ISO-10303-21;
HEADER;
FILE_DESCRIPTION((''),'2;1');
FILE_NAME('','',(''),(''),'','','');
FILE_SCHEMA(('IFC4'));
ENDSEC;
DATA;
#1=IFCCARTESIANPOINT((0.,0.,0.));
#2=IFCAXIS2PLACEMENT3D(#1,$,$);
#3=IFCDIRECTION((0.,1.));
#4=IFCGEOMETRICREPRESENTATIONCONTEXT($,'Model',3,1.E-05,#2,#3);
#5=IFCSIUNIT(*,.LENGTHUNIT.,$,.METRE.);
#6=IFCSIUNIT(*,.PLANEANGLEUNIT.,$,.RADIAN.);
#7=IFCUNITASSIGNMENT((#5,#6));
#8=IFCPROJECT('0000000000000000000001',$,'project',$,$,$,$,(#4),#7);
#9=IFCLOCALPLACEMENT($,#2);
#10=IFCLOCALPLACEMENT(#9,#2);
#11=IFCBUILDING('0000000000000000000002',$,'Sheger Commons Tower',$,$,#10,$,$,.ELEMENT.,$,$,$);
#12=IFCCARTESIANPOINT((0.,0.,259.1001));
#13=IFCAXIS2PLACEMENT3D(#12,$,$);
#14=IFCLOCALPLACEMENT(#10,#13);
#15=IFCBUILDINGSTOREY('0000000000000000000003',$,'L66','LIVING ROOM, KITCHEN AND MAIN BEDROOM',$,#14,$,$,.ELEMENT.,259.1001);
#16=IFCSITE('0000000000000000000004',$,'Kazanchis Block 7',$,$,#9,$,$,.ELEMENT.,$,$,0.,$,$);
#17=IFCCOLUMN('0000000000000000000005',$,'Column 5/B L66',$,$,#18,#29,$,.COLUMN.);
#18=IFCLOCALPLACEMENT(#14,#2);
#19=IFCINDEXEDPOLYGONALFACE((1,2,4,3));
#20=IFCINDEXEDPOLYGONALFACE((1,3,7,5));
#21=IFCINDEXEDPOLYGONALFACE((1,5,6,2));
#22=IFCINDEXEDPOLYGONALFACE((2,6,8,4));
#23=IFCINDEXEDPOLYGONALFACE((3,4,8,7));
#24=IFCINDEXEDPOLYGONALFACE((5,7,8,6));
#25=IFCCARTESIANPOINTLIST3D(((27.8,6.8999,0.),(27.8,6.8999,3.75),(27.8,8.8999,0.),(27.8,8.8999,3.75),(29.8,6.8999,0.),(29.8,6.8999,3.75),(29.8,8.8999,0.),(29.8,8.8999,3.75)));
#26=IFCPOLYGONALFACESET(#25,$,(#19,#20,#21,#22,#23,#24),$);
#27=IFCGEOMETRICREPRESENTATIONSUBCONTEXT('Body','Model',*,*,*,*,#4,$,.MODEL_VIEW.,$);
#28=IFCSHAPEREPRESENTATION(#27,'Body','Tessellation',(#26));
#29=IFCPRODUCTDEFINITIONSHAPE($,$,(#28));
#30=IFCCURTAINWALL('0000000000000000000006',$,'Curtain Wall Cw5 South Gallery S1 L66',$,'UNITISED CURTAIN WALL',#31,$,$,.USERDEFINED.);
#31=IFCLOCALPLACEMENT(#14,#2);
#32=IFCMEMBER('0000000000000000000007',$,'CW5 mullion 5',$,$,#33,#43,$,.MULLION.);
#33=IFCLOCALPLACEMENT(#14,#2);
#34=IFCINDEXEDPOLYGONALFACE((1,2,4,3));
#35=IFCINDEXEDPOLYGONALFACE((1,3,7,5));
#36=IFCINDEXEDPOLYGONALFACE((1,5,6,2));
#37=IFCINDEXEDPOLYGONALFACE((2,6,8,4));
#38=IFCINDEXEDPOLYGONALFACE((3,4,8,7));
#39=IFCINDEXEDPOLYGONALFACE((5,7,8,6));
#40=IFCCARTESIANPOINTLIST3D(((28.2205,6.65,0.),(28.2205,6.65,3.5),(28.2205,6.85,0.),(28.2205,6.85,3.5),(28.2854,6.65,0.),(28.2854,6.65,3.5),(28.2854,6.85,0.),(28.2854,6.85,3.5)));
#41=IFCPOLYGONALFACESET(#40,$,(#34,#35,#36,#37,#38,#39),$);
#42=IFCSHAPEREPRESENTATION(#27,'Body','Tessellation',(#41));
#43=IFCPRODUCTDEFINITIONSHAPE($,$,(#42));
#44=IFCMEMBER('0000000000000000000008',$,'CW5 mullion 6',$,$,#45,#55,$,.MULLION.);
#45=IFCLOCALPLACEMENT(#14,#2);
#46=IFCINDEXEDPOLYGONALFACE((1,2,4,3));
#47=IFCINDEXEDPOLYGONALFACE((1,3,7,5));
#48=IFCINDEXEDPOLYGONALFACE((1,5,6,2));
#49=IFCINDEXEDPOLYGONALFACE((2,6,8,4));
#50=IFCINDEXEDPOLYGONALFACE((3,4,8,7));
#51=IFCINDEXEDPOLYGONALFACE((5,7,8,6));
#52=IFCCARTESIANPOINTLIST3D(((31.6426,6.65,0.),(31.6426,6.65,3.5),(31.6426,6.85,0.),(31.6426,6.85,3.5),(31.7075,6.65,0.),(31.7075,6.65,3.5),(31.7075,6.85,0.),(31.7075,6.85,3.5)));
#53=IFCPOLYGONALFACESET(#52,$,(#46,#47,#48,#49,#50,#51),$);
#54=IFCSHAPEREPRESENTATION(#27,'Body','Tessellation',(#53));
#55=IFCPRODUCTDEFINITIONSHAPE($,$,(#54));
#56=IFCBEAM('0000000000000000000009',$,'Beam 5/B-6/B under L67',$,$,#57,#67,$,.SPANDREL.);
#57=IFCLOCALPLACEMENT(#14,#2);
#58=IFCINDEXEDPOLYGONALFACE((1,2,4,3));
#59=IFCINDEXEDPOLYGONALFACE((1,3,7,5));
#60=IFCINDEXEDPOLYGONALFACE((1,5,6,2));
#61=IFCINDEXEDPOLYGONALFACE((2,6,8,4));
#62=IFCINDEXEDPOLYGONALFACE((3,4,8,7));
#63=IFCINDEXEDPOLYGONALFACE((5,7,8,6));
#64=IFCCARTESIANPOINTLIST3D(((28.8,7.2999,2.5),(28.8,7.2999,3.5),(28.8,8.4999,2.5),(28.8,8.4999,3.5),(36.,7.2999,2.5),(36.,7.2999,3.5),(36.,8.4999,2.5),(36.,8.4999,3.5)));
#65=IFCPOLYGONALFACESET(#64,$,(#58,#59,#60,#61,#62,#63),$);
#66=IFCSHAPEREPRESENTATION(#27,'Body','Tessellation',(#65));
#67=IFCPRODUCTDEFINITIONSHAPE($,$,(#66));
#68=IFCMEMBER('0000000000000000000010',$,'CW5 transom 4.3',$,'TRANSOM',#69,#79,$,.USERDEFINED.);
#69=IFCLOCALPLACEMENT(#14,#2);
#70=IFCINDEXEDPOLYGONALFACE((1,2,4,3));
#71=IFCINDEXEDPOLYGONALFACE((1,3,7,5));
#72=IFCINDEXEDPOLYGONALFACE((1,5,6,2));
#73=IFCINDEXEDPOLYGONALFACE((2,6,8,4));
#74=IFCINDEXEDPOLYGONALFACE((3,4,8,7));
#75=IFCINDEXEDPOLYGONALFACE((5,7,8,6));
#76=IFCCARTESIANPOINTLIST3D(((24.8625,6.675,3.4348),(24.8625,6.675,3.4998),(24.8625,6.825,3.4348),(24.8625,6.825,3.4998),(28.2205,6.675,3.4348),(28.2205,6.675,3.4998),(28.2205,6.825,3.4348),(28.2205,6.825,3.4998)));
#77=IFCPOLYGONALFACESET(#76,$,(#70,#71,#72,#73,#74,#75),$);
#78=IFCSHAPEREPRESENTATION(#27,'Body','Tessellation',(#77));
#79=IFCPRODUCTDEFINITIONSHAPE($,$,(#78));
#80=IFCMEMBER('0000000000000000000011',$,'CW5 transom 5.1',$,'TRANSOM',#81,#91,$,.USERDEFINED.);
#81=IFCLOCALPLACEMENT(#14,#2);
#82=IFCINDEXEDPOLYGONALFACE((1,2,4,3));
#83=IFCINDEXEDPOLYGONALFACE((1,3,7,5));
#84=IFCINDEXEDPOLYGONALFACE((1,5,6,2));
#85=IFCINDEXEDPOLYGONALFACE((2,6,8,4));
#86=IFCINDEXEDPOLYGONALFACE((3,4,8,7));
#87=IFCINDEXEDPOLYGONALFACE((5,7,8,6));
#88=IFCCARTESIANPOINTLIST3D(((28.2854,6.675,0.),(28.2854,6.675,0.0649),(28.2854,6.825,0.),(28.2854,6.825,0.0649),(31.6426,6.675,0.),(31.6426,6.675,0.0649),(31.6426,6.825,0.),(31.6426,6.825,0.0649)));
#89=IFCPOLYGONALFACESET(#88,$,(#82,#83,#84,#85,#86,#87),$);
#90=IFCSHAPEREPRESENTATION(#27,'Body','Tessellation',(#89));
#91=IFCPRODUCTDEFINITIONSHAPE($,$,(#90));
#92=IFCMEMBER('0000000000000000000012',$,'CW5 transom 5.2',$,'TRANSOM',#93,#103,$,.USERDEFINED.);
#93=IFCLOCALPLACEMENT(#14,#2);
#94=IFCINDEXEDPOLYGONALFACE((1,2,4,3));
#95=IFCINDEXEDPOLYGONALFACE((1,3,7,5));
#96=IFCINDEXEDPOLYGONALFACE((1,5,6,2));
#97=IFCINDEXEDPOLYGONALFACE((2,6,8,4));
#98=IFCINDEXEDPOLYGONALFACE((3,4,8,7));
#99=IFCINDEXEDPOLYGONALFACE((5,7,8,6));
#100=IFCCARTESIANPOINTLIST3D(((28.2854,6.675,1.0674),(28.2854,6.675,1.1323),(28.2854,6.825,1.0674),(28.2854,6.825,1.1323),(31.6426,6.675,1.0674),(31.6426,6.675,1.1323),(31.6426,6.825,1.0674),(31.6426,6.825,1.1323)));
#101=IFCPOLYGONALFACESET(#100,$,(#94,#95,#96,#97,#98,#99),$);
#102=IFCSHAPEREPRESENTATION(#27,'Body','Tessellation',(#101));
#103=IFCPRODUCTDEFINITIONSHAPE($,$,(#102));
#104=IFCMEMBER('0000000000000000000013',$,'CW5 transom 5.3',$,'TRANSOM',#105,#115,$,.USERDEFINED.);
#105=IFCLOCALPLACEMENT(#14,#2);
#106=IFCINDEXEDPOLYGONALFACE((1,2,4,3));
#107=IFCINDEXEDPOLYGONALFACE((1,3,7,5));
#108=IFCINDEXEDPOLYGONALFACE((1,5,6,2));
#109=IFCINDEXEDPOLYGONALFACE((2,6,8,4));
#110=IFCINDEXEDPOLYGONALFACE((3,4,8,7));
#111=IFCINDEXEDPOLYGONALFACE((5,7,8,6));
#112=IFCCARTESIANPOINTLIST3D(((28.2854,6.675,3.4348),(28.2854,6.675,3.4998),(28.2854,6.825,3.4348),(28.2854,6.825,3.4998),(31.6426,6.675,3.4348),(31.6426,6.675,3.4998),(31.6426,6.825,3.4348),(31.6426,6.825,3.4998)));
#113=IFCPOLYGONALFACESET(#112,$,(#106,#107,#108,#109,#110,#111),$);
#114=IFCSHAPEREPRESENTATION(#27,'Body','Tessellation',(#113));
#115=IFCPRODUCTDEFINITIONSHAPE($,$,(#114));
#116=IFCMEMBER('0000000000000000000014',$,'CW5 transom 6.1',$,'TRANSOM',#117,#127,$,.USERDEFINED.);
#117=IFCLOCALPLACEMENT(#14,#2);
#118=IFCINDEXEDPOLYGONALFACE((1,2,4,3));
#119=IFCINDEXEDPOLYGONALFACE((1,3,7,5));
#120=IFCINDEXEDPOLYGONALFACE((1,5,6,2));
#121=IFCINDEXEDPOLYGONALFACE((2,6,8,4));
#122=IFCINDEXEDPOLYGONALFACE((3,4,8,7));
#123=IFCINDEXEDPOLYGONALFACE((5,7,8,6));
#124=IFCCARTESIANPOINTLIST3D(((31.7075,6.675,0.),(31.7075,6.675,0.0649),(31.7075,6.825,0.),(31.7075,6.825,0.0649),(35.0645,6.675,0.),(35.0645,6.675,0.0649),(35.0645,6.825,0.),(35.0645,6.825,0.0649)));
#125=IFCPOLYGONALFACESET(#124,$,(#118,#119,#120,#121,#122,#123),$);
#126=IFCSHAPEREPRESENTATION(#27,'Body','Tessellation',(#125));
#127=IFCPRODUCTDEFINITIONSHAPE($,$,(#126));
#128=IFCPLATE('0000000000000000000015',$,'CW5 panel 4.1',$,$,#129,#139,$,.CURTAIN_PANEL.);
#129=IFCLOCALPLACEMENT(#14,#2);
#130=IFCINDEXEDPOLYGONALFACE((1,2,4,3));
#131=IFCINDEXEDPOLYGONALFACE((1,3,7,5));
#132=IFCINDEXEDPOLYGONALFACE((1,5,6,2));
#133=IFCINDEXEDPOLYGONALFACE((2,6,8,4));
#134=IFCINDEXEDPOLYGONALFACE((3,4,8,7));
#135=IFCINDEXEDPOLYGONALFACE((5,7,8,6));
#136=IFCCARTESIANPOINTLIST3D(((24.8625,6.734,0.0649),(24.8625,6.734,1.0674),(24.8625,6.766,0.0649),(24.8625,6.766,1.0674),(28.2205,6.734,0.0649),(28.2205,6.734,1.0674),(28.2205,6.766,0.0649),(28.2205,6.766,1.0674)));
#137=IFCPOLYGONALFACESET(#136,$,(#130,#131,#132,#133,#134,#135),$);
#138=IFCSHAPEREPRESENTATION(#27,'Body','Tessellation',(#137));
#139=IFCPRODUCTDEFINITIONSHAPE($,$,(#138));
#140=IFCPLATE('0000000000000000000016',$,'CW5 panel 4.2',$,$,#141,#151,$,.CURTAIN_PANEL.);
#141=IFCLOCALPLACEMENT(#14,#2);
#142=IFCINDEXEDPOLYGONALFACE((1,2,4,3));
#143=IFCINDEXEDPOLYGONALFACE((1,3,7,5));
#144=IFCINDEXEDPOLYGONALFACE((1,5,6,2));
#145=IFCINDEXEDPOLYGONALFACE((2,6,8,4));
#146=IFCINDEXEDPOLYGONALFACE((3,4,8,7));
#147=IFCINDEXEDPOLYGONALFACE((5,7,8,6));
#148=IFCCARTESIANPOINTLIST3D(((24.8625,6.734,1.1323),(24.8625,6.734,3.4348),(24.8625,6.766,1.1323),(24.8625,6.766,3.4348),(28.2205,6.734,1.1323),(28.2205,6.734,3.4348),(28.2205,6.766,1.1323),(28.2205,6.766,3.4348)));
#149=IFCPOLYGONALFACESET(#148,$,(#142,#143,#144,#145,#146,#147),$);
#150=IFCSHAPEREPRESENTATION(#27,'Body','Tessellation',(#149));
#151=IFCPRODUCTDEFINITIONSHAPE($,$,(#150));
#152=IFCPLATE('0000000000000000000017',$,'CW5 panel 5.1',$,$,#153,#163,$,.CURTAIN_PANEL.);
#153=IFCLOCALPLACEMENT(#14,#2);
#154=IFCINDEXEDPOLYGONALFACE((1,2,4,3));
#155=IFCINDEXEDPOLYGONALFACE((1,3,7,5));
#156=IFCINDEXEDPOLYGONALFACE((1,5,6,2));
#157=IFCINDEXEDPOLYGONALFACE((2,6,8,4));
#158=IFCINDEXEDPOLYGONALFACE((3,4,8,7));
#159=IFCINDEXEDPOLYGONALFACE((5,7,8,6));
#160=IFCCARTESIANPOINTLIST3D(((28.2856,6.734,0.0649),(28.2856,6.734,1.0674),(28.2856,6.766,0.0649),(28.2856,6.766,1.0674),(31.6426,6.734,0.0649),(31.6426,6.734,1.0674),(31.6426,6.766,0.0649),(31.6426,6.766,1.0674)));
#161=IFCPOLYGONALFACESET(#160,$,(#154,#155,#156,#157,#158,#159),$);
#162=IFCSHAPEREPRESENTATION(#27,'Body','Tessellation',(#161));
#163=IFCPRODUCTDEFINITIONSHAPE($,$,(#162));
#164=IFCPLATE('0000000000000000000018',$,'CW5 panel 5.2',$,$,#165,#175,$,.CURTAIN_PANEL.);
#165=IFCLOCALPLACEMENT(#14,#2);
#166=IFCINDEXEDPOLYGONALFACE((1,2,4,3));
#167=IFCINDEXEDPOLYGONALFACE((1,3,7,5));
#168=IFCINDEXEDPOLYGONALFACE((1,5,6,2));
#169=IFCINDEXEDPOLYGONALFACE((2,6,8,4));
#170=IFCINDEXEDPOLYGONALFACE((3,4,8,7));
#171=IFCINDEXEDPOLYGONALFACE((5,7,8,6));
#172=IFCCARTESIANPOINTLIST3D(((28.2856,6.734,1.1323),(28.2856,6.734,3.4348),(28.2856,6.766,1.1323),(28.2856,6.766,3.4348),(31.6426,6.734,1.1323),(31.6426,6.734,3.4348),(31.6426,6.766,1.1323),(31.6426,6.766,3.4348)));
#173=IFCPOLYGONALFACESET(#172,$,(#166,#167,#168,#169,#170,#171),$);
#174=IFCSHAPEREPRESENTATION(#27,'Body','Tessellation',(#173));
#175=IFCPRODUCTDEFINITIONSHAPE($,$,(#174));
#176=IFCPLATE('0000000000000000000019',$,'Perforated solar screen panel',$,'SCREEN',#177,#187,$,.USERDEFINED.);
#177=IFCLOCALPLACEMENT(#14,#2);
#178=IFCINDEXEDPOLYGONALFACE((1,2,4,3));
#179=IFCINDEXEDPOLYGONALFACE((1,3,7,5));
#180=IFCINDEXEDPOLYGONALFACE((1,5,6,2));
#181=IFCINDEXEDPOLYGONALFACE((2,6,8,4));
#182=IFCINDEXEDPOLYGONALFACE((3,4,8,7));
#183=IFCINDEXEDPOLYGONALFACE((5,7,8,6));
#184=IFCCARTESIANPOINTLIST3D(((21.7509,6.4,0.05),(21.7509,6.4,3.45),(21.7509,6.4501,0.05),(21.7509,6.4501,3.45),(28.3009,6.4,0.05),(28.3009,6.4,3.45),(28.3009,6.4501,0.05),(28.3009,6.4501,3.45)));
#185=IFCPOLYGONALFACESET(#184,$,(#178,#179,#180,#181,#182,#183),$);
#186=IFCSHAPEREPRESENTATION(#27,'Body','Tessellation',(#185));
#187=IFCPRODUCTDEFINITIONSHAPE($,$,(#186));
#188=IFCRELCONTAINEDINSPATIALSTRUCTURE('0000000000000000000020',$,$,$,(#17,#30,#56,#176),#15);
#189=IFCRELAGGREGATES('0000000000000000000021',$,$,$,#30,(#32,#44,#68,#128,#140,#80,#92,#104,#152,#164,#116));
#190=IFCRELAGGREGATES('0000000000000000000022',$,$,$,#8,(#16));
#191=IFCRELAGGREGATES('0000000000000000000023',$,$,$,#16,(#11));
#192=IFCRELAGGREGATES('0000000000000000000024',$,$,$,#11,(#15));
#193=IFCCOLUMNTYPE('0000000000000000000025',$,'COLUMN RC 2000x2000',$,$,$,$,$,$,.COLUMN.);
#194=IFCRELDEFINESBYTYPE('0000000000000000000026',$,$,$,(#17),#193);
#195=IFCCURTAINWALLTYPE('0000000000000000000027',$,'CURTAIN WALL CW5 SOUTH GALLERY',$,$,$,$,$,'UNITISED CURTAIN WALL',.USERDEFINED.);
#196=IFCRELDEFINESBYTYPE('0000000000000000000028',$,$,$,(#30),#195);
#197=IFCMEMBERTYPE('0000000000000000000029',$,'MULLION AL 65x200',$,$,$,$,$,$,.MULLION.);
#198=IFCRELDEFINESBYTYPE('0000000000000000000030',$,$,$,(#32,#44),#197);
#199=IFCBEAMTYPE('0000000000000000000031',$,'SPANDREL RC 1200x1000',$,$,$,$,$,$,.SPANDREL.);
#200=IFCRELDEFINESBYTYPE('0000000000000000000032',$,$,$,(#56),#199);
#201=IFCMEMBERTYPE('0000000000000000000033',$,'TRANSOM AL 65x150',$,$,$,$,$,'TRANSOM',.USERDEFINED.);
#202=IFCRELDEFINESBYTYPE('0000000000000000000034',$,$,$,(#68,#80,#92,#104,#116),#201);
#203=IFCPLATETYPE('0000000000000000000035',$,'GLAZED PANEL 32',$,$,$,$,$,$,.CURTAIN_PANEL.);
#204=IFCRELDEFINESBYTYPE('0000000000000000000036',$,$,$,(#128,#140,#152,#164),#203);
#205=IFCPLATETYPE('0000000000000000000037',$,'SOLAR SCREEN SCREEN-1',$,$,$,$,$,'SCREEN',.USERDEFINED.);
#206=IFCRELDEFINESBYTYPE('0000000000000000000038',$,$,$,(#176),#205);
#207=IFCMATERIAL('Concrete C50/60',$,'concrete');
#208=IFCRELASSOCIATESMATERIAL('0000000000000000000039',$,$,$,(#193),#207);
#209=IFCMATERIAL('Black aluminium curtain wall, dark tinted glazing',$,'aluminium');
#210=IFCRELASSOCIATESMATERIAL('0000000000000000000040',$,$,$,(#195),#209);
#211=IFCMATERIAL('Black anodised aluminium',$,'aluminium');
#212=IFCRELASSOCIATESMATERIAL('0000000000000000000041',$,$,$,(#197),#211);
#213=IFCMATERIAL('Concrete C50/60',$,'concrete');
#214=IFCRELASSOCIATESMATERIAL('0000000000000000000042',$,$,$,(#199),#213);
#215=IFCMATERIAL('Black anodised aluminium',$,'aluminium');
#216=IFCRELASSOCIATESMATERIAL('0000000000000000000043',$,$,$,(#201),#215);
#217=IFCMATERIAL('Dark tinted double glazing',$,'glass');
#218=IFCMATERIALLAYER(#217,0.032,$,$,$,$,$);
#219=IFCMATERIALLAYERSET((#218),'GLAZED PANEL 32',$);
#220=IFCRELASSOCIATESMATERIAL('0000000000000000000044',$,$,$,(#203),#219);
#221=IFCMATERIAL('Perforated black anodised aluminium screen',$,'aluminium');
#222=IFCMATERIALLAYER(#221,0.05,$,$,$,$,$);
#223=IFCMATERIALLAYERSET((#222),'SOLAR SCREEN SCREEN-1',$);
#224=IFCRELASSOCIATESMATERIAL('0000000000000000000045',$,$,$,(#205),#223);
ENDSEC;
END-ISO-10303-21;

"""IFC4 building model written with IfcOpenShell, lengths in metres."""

from ifc_helpers import new_model, si_unit, direction, frame, origin, origin_2d, place, context, subcontext, project, spatial, rectangle, extrude, material, layer, layer_set, material_profile, profile_set, type_object, element, aggregate, save


model = new_model("IFC4")

# Units and contexts
model_context = context("Model", 3, precision=1e-05, world=origin(), true_north=direction((0.0, 1.0)))
body_context = subcontext(model_context, "Body", "Model", "MODEL_VIEW")
ifc_project = project(units=[si_unit("LENGTHUNIT", "METRE"), si_unit("PLANEANGLEUNIT", "RADIAN")], contexts=[model_context])

# Site, building, storey
site_placement = place(None, origin())
site = spatial("IfcSite", under=ifc_project, at=site_placement, Name="Kazanchis Block 7", CompositionType="ELEMENT", RefElevation=0.0)
building_placement = place(site_placement, origin())
building = spatial("IfcBuilding", under=site, at=building_placement, Name="Sheger Commons Tower", CompositionType="ELEMENT")
storey_placement = place(building_placement, frame((0.0, 0.0, 259.1001)))
storey = spatial("IfcBuildingStorey", under=building, at=storey_placement, Name="L66", Description="LIVING ROOM, KITCHEN AND MAIN BEDROOM", CompositionType="ELEMENT", Elevation=259.1001)

# Column
ifc_material_1 = material(Name="Concrete C50/60", Category="concrete")
ifc_material_profile_1 = material_profile(ifc_material_1, rectangle(XDim=2.0, YDim=2.0, at=origin_2d()), Name="RC 2000x2000")
ifc_profile_set_1 = profile_set([ifc_material_profile_1], Name="Concrete C50/60")
column_type = type_object("IfcColumnType", Name="COLUMN RC 2000x2000", PredefinedType="COLUMN", material=ifc_profile_set_1)
column_placement = place(storey_placement, frame((28.8, 7.8999, 0.0), z_axis=(0.0, 0.0, 1.0), x_axis=(1.0, 0.0, 0.0)))
element("IfcColumn", 1, at=column_placement, inside=storey, type_object=column_type, Name="Column 5/B L66", PredefinedType="COLUMN", context=body_context, shape_type="SweptSolid", body=[
    extrude(rectangle(XDim=2.0, YDim=2.0, at=origin_2d()), origin(), (0.0, 0.0, 1.0), 3.75),
])

# Curtain wall, members
ifc_material_2 = material(Name="Black aluminium curtain wall, dark tinted glazing", Category="aluminium")
curtain_wall_type = type_object("IfcCurtainWallType", Name="CURTAIN WALL CW5 SOUTH GALLERY", ElementType="UNITISED CURTAIN WALL", PredefinedType="USERDEFINED", material=ifc_material_2)
curtain_wall_placement = place(storey_placement, origin())
curtain_wall = element("IfcCurtainWall", 2, at=curtain_wall_placement, inside=storey, type_object=curtain_wall_type, Name="Curtain Wall Cw5 South Gallery S1 L66", ObjectType="UNITISED CURTAIN WALL", PredefinedType="USERDEFINED")
ifc_material_3 = material(Name="Black anodised aluminium", Category="aluminium")
ifc_material_profile_2 = material_profile(ifc_material_3, rectangle(XDim=0.2, YDim=0.0649, at=origin_2d()), Name="AL 65x200")
ifc_profile_set_2 = profile_set([ifc_material_profile_2], Name="Black anodised aluminium")
member_type_1 = type_object("IfcMemberType", Name="MULLION AL 65x200", PredefinedType="MULLION", material=ifc_profile_set_2)
member_1_placement = place(storey_placement, frame((28.2529, 6.75, 0.0), z_axis=(0.0, 0.0, 1.0), x_axis=(0.0, 1.0, 0.0)))
member_1 = element("IfcMember", 3, at=member_1_placement, type_object=member_type_1, Name="CW5 mullion 5", PredefinedType="MULLION", context=body_context, shape_type="SweptSolid", body=[
    extrude(rectangle(XDim=0.2, YDim=0.0649, at=origin_2d()), origin(), (0.0, 0.0, 1.0), 3.5),
])
member_2_placement = place(storey_placement, frame((31.675, 6.75, 0.0), z_axis=(0.0, 0.0, 1.0), x_axis=(0.0, 1.0, 0.0)))
member_2 = element("IfcMember", 4, at=member_2_placement, type_object=member_type_1, Name="CW5 mullion 6", PredefinedType="MULLION", context=body_context, shape_type="SweptSolid", body=[
    extrude(rectangle(XDim=0.2, YDim=0.0649, at=origin_2d()), origin(), (0.0, 0.0, 1.0), 3.5),
])

# Beam
ifc_material_4 = material(Name="Concrete C50/60", Category="concrete")
ifc_material_profile_3 = material_profile(ifc_material_4, rectangle(XDim=1.2, YDim=1.0, at=origin_2d()), Name="RC 1200x1000")
ifc_profile_set_3 = profile_set([ifc_material_profile_3], Name="Concrete C50/60")
beam_type = type_object("IfcBeamType", Name="SPANDREL RC 1200x1000", PredefinedType="SPANDREL", material=ifc_profile_set_3)
beam_placement = place(storey_placement, frame((28.8, 7.8999, 3.0), z_axis=(1.0, 0.0, 0.0), x_axis=(0.0, 1.0, 0.0)))
element("IfcBeam", 5, at=beam_placement, inside=storey, type_object=beam_type, Name="Beam 5/B-6/B under L67", PredefinedType="SPANDREL", context=body_context, shape_type="SweptSolid", body=[
    extrude(rectangle(XDim=1.2, YDim=1.0, at=origin_2d()), origin(), (0.0, 0.0, 1.0), 7.2),
])

# Members
ifc_material_5 = material(Name="Black anodised aluminium", Category="aluminium")
ifc_material_profile_4 = material_profile(ifc_material_5, rectangle(XDim=0.1499, YDim=0.0649, at=origin_2d()), Name="AL 65x150")
ifc_profile_set_4 = profile_set([ifc_material_profile_4], Name="Black anodised aluminium")
member_type_2 = type_object("IfcMemberType", Name="TRANSOM AL 65x150", ElementType="TRANSOM", PredefinedType="USERDEFINED", material=ifc_profile_set_4)
member_3_placement = place(storey_placement, frame((24.8625, 6.75, 3.4673), z_axis=(1.0, 0.0, 0.0), x_axis=(0.0, 1.0, 0.0)))
member_3 = element("IfcMember", 6, at=member_3_placement, type_object=member_type_2, Name="CW5 transom 4.3", ObjectType="TRANSOM", PredefinedType="USERDEFINED", context=body_context, shape_type="SweptSolid", body=[
    extrude(rectangle(XDim=0.1499, YDim=0.0649, at=origin_2d()), origin(), (0.0, 0.0, 1.0), 3.3579),
])
member_4_placement = place(storey_placement, frame((28.2854, 6.75, 0.0325), z_axis=(1.0, 0.0, 0.0), x_axis=(0.0, 1.0, 0.0)))
member_4 = element("IfcMember", 7, at=member_4_placement, type_object=member_type_2, Name="CW5 transom 5.1", ObjectType="TRANSOM", PredefinedType="USERDEFINED", context=body_context, shape_type="SweptSolid", body=[
    extrude(rectangle(XDim=0.1499, YDim=0.0649, at=origin_2d()), origin(), (0.0, 0.0, 1.0), 3.3572),
])
member_5_placement = place(storey_placement, frame((28.2854, 6.75, 1.0999), z_axis=(1.0, 0.0, 0.0), x_axis=(0.0, 1.0, 0.0)))
member_5 = element("IfcMember", 8, at=member_5_placement, type_object=member_type_2, Name="CW5 transom 5.2", ObjectType="TRANSOM", PredefinedType="USERDEFINED", context=body_context, shape_type="SweptSolid", body=[
    extrude(rectangle(XDim=0.1499, YDim=0.0649, at=origin_2d()), origin(), (0.0, 0.0, 1.0), 3.3572),
])
member_6_placement = place(storey_placement, frame((28.2854, 6.75, 3.4673), z_axis=(1.0, 0.0, 0.0), x_axis=(0.0, 1.0, 0.0)))
member_6 = element("IfcMember", 9, at=member_6_placement, type_object=member_type_2, Name="CW5 transom 5.3", ObjectType="TRANSOM", PredefinedType="USERDEFINED", context=body_context, shape_type="SweptSolid", body=[
    extrude(rectangle(XDim=0.1499, YDim=0.0649, at=origin_2d()), origin(), (0.0, 0.0, 1.0), 3.3572),
])
member_7_placement = place(storey_placement, frame((31.7075, 6.75, 0.0325), z_axis=(1.0, 0.0, 0.0), x_axis=(0.0, 1.0, 0.0)))
member_7 = element("IfcMember", 10, at=member_7_placement, type_object=member_type_2, Name="CW5 transom 6.1", ObjectType="TRANSOM", PredefinedType="USERDEFINED", context=body_context, shape_type="SweptSolid", body=[
    extrude(rectangle(XDim=0.1499, YDim=0.0649, at=origin_2d()), origin(), (0.0, 0.0, 1.0), 3.3569),
])

# Plates
ifc_material_6 = material(Name="Dark tinted double glazing", Category="glass")
ifc_layer_1 = layer(ifc_material_6, 0.032)
ifc_layer_set_1 = layer_set([ifc_layer_1], Name="GLAZED PANEL 32")
plate_type_1 = type_object("IfcPlateType", Name="GLAZED PANEL 32", PredefinedType="CURTAIN_PANEL", material=ifc_layer_set_1)
plate_1_placement = place(storey_placement, frame((26.5415, 6.75, 0.0649), z_axis=(0.0, 0.0, 1.0), x_axis=(1.0, 0.0, 0.0)))
plate_1 = element("IfcPlate", 11, at=plate_1_placement, type_object=plate_type_1, Name="CW5 panel 4.1", PredefinedType="CURTAIN_PANEL", context=body_context, shape_type="SweptSolid", body=[
    extrude(rectangle(XDim=3.3579, YDim=0.032, at=origin_2d()), origin(), (0.0, 0.0, 1.0), 1.0024),
])
plate_2_placement = place(storey_placement, frame((26.5415, 6.75, 1.1323), z_axis=(0.0, 0.0, 1.0), x_axis=(1.0, 0.0, 0.0)))
plate_2 = element("IfcPlate", 12, at=plate_2_placement, type_object=plate_type_1, Name="CW5 panel 4.2", PredefinedType="CURTAIN_PANEL", context=body_context, shape_type="SweptSolid", body=[
    extrude(rectangle(XDim=3.3579, YDim=0.032, at=origin_2d()), origin(), (0.0, 0.0, 1.0), 2.3025),
])
plate_3_placement = place(storey_placement, frame((29.9641, 6.75, 0.0649), z_axis=(0.0, 0.0, 1.0), x_axis=(1.0, 0.0, 0.0)))
plate_3 = element("IfcPlate", 13, at=plate_3_placement, type_object=plate_type_1, Name="CW5 panel 5.1", PredefinedType="CURTAIN_PANEL", context=body_context, shape_type="SweptSolid", body=[
    extrude(rectangle(XDim=3.3569, YDim=0.032, at=origin_2d()), origin(), (0.0, 0.0, 1.0), 1.0024),
])
plate_4_placement = place(storey_placement, frame((29.9641, 6.75, 1.1323), z_axis=(0.0, 0.0, 1.0), x_axis=(1.0, 0.0, 0.0)))
plate_4 = element("IfcPlate", 14, at=plate_4_placement, type_object=plate_type_1, Name="CW5 panel 5.2", PredefinedType="CURTAIN_PANEL", context=body_context, shape_type="SweptSolid", body=[
    extrude(rectangle(XDim=3.3569, YDim=0.032, at=origin_2d()), origin(), (0.0, 0.0, 1.0), 2.3025),
])
aggregate(curtain_wall, [member_1, member_2, member_3, plate_1, plate_2, member_4, member_5, member_6, plate_3, plate_4, member_7])

# Plate
ifc_material_7 = material(Name="Perforated black anodised aluminium screen", Category="aluminium")
ifc_layer_2 = layer(ifc_material_7, 0.05)
ifc_layer_set_2 = layer_set([ifc_layer_2], Name="SOLAR SCREEN SCREEN-1")
plate_type_2 = type_object("IfcPlateType", Name="SOLAR SCREEN SCREEN-1", ElementType="SCREEN", PredefinedType="USERDEFINED", material=ifc_layer_set_2)
for number, where, z_axis, x_axis, name in (
    (15, (25.0259, 6.425, 0.05), (0.0, 0.0, 1.0), (1.0, 0.0, 0.0), "Perforated solar screen panel"),
):
    element("IfcPlate", number, at=place(storey_placement, frame(where, z_axis=z_axis, x_axis=x_axis)), inside=storey, type_object=plate_type_2, Name=name, ObjectType="SCREEN", PredefinedType="USERDEFINED", context=body_context, shape_type="SweptSolid", body=[
        extrude(rectangle(XDim=6.55, YDim=0.05, at=origin_2d()), origin(), (0.0, 0.0, 1.0), 3.3999),
    ])

save(model, "model.ifc")
